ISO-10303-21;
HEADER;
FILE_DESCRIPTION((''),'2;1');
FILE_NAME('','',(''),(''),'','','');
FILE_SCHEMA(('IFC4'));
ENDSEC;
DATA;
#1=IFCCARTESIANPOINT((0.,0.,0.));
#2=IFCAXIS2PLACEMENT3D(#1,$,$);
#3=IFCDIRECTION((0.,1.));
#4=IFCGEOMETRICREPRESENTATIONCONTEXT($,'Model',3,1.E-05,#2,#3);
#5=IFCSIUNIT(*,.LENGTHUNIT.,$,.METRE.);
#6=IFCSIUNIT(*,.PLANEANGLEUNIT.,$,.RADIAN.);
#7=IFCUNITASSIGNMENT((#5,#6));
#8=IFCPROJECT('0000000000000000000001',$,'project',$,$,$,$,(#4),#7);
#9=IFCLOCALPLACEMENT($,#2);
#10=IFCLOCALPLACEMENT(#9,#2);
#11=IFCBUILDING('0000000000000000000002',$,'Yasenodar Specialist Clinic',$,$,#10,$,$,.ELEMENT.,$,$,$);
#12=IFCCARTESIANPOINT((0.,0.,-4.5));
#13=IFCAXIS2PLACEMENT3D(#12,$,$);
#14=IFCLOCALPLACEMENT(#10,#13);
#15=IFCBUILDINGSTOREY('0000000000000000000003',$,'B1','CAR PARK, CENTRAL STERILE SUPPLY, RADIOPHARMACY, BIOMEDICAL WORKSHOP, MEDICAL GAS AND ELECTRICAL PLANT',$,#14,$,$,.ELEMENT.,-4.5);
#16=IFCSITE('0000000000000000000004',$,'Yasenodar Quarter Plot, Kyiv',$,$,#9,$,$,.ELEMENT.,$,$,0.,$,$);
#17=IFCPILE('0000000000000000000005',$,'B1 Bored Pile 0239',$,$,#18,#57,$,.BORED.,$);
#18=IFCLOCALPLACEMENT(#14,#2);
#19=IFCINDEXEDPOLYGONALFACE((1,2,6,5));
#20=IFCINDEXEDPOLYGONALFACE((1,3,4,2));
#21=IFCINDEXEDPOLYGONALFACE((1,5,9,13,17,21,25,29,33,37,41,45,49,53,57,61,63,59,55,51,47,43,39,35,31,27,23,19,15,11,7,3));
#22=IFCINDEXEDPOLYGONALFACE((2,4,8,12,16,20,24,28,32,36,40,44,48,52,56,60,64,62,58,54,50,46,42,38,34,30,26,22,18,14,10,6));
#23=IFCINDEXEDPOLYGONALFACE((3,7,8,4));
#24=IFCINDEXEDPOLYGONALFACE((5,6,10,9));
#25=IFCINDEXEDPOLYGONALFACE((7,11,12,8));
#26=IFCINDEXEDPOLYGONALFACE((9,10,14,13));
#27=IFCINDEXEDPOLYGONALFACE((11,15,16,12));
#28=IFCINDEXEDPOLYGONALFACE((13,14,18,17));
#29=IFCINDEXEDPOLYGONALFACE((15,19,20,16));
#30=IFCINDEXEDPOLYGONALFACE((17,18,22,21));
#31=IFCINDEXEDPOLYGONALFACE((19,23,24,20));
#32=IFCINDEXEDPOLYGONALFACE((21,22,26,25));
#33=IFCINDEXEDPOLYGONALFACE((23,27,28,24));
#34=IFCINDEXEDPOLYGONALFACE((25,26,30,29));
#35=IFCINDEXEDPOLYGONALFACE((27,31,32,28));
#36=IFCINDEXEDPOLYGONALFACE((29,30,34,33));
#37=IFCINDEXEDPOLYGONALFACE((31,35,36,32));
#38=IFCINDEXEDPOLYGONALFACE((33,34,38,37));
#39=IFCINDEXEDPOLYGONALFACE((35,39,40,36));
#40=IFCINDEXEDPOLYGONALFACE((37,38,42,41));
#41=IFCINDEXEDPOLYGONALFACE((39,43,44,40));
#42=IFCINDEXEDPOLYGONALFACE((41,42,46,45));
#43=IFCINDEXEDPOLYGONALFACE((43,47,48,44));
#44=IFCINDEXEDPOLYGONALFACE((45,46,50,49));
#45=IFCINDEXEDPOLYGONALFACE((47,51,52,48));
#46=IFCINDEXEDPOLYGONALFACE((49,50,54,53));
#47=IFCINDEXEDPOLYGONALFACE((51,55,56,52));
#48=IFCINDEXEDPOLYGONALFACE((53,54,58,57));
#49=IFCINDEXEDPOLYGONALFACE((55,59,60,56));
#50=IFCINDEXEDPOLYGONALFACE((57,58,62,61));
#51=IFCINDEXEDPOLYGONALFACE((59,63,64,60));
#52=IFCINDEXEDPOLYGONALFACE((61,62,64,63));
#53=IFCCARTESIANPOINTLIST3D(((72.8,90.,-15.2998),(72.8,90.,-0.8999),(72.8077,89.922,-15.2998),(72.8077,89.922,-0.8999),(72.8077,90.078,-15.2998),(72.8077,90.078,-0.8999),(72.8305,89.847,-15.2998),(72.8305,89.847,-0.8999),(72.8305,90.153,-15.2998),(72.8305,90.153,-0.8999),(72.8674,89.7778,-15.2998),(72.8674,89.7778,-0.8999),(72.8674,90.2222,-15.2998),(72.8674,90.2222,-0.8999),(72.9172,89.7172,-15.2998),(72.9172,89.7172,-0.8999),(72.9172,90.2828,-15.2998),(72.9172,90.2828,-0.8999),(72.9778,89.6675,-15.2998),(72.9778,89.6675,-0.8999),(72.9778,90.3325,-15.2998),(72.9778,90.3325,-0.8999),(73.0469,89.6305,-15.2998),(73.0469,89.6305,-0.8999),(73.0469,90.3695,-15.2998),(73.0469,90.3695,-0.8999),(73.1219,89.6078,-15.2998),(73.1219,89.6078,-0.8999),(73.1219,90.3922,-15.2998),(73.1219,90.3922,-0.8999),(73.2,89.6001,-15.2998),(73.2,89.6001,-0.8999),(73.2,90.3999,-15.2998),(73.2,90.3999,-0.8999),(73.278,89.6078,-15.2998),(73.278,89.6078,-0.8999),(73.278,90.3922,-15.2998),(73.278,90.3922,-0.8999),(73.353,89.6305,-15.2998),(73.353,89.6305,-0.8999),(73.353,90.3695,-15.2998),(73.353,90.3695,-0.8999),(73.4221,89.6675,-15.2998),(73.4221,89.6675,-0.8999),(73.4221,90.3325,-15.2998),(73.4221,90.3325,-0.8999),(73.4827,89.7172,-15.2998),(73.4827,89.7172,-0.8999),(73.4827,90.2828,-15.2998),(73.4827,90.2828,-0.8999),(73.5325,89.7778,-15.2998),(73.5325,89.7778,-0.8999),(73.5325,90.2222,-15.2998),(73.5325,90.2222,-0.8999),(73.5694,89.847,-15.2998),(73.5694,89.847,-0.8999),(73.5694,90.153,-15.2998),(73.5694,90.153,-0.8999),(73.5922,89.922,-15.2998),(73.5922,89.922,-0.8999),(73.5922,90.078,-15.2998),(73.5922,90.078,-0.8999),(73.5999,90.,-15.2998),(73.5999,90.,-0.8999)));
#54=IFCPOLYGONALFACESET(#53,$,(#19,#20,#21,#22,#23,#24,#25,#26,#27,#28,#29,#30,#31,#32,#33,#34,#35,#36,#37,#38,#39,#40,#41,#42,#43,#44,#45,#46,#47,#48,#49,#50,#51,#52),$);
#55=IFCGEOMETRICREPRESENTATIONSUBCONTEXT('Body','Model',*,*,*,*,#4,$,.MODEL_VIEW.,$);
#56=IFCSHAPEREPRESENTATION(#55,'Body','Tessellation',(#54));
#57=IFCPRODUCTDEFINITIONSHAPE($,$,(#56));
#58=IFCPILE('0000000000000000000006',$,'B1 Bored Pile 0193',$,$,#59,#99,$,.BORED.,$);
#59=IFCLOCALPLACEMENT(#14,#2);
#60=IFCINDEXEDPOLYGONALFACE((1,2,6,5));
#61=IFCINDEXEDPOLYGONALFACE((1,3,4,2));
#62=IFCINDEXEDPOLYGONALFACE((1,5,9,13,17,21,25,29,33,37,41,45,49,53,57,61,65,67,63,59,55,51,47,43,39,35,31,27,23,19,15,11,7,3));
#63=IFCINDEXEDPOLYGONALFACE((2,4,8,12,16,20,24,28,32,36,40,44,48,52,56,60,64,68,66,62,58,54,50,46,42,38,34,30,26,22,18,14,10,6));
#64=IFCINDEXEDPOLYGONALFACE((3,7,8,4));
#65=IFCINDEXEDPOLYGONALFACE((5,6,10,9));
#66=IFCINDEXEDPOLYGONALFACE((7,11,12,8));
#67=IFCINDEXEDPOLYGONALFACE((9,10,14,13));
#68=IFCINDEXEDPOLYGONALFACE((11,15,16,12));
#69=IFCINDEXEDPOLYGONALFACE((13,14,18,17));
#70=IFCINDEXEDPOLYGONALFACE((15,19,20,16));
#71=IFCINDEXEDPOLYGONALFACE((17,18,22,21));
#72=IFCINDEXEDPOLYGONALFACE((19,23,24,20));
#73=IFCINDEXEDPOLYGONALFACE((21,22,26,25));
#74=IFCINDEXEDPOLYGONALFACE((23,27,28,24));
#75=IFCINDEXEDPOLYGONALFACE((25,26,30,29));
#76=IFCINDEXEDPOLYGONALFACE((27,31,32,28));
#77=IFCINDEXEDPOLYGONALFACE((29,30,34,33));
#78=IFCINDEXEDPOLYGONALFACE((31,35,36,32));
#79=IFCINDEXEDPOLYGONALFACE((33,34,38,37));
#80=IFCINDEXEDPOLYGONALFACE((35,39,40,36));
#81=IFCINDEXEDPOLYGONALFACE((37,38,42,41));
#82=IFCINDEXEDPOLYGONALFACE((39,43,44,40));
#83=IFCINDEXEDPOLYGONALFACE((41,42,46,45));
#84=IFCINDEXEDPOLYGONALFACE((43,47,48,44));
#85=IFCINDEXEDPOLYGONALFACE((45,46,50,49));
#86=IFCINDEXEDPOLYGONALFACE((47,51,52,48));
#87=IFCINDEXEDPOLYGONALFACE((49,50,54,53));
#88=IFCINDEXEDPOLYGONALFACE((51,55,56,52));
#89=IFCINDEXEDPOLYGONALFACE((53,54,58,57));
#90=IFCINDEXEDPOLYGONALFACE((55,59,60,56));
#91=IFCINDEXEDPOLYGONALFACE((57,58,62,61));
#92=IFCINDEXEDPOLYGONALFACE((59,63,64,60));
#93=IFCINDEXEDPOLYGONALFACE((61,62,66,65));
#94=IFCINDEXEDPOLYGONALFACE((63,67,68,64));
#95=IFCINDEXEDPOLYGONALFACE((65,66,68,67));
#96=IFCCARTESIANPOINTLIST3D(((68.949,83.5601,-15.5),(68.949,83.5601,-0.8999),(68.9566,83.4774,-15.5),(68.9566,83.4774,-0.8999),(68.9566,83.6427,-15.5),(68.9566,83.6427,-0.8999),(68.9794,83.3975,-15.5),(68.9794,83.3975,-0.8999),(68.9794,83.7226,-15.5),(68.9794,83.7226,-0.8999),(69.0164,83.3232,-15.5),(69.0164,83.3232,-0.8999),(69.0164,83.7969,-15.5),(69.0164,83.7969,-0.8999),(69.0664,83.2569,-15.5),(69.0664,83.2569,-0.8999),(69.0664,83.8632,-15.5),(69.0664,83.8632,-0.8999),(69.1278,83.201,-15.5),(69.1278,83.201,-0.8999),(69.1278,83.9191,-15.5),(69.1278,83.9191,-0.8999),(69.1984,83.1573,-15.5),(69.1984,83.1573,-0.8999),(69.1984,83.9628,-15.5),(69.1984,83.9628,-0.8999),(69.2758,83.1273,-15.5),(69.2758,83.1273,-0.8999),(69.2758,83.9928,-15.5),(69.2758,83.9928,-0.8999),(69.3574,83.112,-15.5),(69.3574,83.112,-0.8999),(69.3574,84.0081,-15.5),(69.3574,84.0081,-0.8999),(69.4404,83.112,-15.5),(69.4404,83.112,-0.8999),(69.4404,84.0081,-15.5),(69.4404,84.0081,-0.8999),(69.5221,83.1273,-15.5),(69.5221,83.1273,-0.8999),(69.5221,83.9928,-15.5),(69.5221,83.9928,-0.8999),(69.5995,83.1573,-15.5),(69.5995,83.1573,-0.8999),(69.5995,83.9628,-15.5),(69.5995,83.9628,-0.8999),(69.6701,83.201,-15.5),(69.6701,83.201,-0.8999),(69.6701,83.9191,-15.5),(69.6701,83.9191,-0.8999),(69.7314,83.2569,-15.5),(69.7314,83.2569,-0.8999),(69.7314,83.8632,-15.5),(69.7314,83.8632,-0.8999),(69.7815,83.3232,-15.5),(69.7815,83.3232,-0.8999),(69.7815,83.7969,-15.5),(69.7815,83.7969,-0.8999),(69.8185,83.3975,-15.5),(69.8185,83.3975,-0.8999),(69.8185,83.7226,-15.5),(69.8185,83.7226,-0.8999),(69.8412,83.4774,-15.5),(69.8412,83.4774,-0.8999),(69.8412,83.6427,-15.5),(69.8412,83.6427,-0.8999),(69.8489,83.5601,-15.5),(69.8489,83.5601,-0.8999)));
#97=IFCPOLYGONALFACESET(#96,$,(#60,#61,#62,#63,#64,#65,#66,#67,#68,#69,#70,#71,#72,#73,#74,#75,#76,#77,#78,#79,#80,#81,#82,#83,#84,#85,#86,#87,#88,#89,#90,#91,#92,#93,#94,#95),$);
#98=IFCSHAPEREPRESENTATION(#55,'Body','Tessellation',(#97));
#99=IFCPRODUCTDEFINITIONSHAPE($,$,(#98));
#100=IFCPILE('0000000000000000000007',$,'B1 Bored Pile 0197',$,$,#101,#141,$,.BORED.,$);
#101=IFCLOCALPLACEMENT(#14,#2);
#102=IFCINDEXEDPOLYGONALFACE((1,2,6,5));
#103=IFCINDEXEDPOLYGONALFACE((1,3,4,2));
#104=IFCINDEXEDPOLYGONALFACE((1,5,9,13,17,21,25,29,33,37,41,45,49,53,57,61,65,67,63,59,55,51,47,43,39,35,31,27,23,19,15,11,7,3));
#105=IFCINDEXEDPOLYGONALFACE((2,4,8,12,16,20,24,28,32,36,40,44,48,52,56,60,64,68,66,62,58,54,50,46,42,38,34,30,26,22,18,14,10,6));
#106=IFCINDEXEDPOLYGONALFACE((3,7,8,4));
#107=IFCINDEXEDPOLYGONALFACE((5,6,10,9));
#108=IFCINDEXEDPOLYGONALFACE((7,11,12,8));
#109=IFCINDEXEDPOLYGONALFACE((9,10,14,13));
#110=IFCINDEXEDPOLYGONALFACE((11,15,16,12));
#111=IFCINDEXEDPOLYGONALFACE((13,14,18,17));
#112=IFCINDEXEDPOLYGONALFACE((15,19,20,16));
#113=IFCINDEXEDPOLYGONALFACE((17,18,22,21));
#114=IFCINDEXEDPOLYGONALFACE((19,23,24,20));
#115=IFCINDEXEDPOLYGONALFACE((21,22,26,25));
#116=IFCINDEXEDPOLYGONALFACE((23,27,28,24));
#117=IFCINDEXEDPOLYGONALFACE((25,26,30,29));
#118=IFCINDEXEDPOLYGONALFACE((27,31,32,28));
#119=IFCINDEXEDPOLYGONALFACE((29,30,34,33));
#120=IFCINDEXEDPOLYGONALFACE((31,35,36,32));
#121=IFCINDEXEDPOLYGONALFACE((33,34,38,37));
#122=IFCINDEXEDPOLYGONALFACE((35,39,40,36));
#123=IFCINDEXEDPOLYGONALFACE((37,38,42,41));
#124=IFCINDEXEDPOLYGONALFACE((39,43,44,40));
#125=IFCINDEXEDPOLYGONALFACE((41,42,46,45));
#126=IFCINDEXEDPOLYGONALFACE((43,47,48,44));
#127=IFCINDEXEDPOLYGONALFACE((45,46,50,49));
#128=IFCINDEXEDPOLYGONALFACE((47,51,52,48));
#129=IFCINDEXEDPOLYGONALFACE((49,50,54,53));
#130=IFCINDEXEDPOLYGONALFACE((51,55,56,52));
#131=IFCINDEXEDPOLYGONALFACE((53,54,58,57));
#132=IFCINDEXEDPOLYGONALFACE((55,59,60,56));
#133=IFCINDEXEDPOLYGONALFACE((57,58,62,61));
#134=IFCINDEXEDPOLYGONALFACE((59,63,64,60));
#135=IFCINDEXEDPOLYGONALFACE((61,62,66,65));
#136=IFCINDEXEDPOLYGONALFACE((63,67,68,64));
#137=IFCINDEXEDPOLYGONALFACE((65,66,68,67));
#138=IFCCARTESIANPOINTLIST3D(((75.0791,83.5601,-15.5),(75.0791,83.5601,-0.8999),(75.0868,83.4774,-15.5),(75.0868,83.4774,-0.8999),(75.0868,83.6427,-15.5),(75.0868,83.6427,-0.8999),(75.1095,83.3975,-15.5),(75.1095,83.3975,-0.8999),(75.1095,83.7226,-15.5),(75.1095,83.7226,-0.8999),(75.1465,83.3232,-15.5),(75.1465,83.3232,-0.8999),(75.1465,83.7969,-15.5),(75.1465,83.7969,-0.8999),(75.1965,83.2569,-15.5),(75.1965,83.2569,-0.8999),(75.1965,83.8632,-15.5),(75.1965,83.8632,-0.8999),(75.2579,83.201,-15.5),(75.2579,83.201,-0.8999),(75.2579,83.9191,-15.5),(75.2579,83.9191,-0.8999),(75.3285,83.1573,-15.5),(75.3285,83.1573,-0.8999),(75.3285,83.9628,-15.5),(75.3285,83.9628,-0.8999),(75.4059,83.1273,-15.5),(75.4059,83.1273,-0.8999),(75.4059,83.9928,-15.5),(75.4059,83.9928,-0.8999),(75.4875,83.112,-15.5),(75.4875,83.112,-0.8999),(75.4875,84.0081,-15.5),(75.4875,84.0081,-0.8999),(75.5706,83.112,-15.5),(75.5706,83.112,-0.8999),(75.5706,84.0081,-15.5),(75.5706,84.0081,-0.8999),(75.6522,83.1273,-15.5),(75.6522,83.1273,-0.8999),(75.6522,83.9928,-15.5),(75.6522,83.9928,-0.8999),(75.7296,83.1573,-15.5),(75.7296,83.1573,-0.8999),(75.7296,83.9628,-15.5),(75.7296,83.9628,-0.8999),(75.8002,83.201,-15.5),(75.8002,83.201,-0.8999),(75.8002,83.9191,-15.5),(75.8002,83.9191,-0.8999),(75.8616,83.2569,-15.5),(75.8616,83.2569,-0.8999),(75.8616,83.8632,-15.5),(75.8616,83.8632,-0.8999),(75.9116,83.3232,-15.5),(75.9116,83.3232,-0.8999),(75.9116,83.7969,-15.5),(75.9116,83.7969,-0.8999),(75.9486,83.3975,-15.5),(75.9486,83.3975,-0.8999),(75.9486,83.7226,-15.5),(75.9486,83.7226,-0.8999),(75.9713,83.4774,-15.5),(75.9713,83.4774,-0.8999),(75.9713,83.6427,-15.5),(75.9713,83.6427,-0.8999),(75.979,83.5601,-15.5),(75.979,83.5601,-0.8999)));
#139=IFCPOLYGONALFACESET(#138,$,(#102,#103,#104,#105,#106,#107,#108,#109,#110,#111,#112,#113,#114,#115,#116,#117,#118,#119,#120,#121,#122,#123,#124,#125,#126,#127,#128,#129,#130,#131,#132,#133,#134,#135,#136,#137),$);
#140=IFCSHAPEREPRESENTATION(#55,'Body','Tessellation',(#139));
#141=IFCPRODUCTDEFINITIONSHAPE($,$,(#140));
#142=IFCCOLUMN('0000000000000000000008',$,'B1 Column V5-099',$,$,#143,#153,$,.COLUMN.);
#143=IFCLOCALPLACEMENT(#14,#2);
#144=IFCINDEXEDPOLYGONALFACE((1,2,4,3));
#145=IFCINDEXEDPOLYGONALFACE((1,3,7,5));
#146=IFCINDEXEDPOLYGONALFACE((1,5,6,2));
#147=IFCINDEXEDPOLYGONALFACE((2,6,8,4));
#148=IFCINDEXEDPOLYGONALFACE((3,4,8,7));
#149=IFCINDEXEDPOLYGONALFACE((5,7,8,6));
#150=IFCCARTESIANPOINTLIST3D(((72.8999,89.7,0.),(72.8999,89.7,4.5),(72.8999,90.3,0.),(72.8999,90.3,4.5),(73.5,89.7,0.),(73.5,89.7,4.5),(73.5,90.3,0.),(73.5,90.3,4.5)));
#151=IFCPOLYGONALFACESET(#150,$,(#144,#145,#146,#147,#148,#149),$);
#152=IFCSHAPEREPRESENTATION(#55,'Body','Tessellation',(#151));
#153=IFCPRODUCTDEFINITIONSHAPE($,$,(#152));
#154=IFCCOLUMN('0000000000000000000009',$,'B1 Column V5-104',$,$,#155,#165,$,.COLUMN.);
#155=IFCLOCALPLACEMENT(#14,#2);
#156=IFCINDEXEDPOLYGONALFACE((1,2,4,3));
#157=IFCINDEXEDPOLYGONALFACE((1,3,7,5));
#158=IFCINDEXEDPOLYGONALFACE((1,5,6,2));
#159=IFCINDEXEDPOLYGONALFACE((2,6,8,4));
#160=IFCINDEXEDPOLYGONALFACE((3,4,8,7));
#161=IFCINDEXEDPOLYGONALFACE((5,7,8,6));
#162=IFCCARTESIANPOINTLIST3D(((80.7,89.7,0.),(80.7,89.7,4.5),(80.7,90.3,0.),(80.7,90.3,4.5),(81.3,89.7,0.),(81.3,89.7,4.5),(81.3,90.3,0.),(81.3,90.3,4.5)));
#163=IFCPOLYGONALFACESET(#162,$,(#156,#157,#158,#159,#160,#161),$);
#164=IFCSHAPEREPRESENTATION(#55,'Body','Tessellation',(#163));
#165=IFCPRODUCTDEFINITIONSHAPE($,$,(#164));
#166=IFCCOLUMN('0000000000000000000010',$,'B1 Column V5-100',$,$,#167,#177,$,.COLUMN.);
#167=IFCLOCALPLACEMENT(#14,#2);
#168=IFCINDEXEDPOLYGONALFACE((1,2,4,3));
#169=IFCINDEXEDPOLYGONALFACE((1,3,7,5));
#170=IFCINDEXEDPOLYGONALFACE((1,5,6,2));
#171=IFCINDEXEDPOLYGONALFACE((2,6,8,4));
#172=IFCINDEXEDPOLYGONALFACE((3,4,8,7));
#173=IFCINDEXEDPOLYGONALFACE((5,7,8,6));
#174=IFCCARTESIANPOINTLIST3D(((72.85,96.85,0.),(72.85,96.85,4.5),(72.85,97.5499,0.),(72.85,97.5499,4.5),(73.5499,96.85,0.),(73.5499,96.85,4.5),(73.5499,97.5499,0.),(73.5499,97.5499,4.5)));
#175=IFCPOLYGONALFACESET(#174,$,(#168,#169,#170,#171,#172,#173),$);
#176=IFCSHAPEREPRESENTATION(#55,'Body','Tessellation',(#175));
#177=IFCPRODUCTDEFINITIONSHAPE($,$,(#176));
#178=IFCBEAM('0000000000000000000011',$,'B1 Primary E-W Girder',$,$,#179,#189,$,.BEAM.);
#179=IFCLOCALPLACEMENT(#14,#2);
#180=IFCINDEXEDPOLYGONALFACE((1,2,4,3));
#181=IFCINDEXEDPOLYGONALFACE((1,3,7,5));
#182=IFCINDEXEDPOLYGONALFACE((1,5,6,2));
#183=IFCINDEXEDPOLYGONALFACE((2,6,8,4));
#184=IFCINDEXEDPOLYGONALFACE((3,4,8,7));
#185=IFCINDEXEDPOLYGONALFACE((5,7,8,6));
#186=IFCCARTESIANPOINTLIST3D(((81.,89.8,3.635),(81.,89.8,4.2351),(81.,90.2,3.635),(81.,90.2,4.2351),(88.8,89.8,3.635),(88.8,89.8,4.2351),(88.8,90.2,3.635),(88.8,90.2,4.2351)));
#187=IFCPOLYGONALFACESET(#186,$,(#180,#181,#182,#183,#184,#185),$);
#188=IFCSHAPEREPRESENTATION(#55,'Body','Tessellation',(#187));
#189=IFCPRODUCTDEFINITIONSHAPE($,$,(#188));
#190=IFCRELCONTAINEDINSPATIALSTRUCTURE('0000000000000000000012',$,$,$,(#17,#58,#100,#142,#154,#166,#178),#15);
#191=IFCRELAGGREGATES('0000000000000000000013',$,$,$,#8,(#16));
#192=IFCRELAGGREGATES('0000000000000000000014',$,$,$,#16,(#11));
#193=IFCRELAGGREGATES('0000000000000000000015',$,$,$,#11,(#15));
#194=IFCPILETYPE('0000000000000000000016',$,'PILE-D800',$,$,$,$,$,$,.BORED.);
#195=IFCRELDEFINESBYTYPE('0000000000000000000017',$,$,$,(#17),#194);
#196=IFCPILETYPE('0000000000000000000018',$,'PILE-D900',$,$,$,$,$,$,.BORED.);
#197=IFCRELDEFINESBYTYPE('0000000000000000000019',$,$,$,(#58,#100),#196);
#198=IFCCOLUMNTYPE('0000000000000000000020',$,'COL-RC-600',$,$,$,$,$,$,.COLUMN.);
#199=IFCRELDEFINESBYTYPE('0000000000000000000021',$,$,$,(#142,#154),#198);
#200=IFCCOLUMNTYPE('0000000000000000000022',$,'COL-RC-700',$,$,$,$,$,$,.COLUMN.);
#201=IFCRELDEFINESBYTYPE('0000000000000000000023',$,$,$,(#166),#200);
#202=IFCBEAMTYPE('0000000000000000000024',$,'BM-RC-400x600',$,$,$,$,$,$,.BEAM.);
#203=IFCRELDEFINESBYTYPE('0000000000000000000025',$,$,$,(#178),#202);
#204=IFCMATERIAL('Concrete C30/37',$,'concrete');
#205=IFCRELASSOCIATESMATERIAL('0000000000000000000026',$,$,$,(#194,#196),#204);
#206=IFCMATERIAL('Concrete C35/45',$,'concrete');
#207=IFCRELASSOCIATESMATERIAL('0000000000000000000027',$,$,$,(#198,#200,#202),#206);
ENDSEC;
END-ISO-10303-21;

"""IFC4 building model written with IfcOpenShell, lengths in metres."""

from ifc_helpers import new_model, si_unit, direction, frame, origin, origin_2d, place, context, subcontext, project, spatial, rectangle, circle, extrude, material, material_profile, profile_set, type_object, element, save


model = new_model("IFC4")

# Units and contexts
model_context = context("Model", 3, precision=1e-05, world=origin(), true_north=direction((0.0, 1.0)))
body_context = subcontext(model_context, "Body", "Model", "MODEL_VIEW")
ifc_project = project(units=[si_unit("LENGTHUNIT", "METRE"), si_unit("PLANEANGLEUNIT", "RADIAN")], contexts=[model_context])

# Site, building, storey
site_placement = place(None, origin())
site = spatial("IfcSite", under=ifc_project, at=site_placement, Name="Yasenodar Quarter Plot, Kyiv", CompositionType="ELEMENT", RefElevation=0.0)
building_placement = place(site_placement, origin())
building = spatial("IfcBuilding", under=site, at=building_placement, Name="Yasenodar Specialist Clinic", CompositionType="ELEMENT")
storey_placement = place(building_placement, frame((0.0, 0.0, -4.5)))
storey = spatial("IfcBuildingStorey", under=building, at=storey_placement, Name="B1", Description="CAR PARK, CENTRAL STERILE SUPPLY, RADIOPHARMACY, BIOMEDICAL WORKSHOP, MEDICAL GAS AND ELECTRICAL PLANT", CompositionType="ELEMENT", Elevation=-4.5)

# Shared definitions
ifc_material_1 = material(Name="Concrete C35/45", Category="concrete")

# Piles
ifc_material_2 = material(Name="Concrete C30/37", Category="concrete")
ifc_material_profile_1 = material_profile(ifc_material_2, circle(Radius=0.3999, at=origin_2d()), Name="PILE D800")
ifc_profile_set_1 = profile_set([ifc_material_profile_1], Name="Concrete C30/37")
pile_type_1 = type_object("IfcPileType", Name="PILE-D800", PredefinedType="BORED", material=ifc_profile_set_1)
pile_placement = place(storey_placement, frame((73.2, 90.0, -0.8999), z_axis=(0.0, 0.0, -1.0), x_axis=(1.0, 0.0, 0.0)))
element("IfcPile", 1, at=pile_placement, inside=storey, type_object=pile_type_1, Name="B1 Bored Pile 0239", PredefinedType="BORED", context=body_context, shape_type="SweptSolid", body=[
    extrude(circle(Radius=0.3999, at=origin_2d()), origin(), (0.0, 0.0, 1.0), 14.3999),
])
ifc_material_profile_2 = material_profile(ifc_material_2, circle(Radius=0.45, at=origin_2d()), Name="PILE D900")
ifc_profile_set_2 = profile_set([ifc_material_profile_2], Name="Concrete C30/37")
pile_type_2 = type_object("IfcPileType", Name="PILE-D900", PredefinedType="BORED", material=ifc_profile_set_2)
for number, where, z_axis, x_axis, name in (
    (2, (69.3989, 83.5601, -0.8999), (0.0, 0.0, -1.0), (1.0, 0.0, 0.0), "B1 Bored Pile 0193"),
    (3, (75.5291, 83.5601, -0.8999), (0.0, 0.0, -1.0), (1.0, 0.0, 0.0), "B1 Bored Pile 0197"),
):
    element("IfcPile", number, at=place(storey_placement, frame(where, z_axis=z_axis, x_axis=x_axis)), inside=storey, type_object=pile_type_2, Name=name, PredefinedType="BORED", context=body_context, shape_type="SweptSolid", body=[
        extrude(circle(Radius=0.45, at=origin_2d()), origin(), (0.0, 0.0, 1.0), 14.6001),
    ])

# Columns
ifc_material_profile_3 = material_profile(ifc_material_1, rectangle(XDim=0.6001, YDim=0.6001, at=origin_2d()), Name="RC 600x600")
ifc_profile_set_3 = profile_set([ifc_material_profile_3], Name="Concrete C35/45")
column_type_1 = type_object("IfcColumnType", Name="COL-RC-600", PredefinedType="COLUMN", material=ifc_profile_set_3)
for number, where, z_axis, x_axis, name in (
    (4, (73.2, 90.0, 0.0), (0.0, 0.0, 1.0), (1.0, 0.0, 0.0), "B1 Column V5-099"),
    (5, (81.0, 90.0, 0.0), (0.0, 0.0, 1.0), (1.0, 0.0, 0.0), "B1 Column V5-104"),
):
    element("IfcColumn", number, at=place(storey_placement, frame(where, z_axis=z_axis, x_axis=x_axis)), inside=storey, type_object=column_type_1, Name=name, PredefinedType="COLUMN", context=body_context, shape_type="SweptSolid", body=[
        extrude(rectangle(XDim=0.6001, YDim=0.6001, at=origin_2d()), origin(), (0.0, 0.0, 1.0), 4.5),
    ])
ifc_material_profile_4 = material_profile(ifc_material_1, rectangle(XDim=0.7, YDim=0.7, at=origin_2d()), Name="RC 700x700")
ifc_profile_set_4 = profile_set([ifc_material_profile_4], Name="Concrete C35/45")
column_type_2 = type_object("IfcColumnType", Name="COL-RC-700", PredefinedType="COLUMN", material=ifc_profile_set_4)
column_placement = place(storey_placement, frame((73.2, 97.2, 0.0), z_axis=(0.0, 0.0, 1.0), x_axis=(1.0, 0.0, 0.0)))
element("IfcColumn", 6, at=column_placement, inside=storey, type_object=column_type_2, Name="B1 Column V5-100", PredefinedType="COLUMN", context=body_context, shape_type="SweptSolid", body=[
    extrude(rectangle(XDim=0.7, YDim=0.7, at=origin_2d()), origin(), (0.0, 0.0, 1.0), 4.5),
])

# Beam
ifc_material_profile_5 = material_profile(ifc_material_1, rectangle(XDim=0.3999, YDim=0.6001, at=origin_2d()), Name="RC 400x600")
ifc_profile_set_5 = profile_set([ifc_material_profile_5], Name="Concrete C35/45")
beam_type_1 = type_object("IfcBeamType", Name="BM-RC-400x600", PredefinedType="BEAM", material=ifc_profile_set_5)
beam_1_placement = place(storey_placement, frame((81.0, 90.0, 3.9351), z_axis=(1.0, 0.0, 0.0), x_axis=(0.0, 1.0, 0.0)))
element("IfcBeam", 7, at=beam_1_placement, inside=storey, type_object=beam_type_1, Name="B1 Primary E-W Girder", PredefinedType="BEAM", context=body_context, shape_type="SweptSolid", body=[
    extrude(rectangle(XDim=0.3999, YDim=0.6001, at=origin_2d()), origin(), (0.0, 0.0, 1.0), 7.8),
])

save(model, "model.ifc")
